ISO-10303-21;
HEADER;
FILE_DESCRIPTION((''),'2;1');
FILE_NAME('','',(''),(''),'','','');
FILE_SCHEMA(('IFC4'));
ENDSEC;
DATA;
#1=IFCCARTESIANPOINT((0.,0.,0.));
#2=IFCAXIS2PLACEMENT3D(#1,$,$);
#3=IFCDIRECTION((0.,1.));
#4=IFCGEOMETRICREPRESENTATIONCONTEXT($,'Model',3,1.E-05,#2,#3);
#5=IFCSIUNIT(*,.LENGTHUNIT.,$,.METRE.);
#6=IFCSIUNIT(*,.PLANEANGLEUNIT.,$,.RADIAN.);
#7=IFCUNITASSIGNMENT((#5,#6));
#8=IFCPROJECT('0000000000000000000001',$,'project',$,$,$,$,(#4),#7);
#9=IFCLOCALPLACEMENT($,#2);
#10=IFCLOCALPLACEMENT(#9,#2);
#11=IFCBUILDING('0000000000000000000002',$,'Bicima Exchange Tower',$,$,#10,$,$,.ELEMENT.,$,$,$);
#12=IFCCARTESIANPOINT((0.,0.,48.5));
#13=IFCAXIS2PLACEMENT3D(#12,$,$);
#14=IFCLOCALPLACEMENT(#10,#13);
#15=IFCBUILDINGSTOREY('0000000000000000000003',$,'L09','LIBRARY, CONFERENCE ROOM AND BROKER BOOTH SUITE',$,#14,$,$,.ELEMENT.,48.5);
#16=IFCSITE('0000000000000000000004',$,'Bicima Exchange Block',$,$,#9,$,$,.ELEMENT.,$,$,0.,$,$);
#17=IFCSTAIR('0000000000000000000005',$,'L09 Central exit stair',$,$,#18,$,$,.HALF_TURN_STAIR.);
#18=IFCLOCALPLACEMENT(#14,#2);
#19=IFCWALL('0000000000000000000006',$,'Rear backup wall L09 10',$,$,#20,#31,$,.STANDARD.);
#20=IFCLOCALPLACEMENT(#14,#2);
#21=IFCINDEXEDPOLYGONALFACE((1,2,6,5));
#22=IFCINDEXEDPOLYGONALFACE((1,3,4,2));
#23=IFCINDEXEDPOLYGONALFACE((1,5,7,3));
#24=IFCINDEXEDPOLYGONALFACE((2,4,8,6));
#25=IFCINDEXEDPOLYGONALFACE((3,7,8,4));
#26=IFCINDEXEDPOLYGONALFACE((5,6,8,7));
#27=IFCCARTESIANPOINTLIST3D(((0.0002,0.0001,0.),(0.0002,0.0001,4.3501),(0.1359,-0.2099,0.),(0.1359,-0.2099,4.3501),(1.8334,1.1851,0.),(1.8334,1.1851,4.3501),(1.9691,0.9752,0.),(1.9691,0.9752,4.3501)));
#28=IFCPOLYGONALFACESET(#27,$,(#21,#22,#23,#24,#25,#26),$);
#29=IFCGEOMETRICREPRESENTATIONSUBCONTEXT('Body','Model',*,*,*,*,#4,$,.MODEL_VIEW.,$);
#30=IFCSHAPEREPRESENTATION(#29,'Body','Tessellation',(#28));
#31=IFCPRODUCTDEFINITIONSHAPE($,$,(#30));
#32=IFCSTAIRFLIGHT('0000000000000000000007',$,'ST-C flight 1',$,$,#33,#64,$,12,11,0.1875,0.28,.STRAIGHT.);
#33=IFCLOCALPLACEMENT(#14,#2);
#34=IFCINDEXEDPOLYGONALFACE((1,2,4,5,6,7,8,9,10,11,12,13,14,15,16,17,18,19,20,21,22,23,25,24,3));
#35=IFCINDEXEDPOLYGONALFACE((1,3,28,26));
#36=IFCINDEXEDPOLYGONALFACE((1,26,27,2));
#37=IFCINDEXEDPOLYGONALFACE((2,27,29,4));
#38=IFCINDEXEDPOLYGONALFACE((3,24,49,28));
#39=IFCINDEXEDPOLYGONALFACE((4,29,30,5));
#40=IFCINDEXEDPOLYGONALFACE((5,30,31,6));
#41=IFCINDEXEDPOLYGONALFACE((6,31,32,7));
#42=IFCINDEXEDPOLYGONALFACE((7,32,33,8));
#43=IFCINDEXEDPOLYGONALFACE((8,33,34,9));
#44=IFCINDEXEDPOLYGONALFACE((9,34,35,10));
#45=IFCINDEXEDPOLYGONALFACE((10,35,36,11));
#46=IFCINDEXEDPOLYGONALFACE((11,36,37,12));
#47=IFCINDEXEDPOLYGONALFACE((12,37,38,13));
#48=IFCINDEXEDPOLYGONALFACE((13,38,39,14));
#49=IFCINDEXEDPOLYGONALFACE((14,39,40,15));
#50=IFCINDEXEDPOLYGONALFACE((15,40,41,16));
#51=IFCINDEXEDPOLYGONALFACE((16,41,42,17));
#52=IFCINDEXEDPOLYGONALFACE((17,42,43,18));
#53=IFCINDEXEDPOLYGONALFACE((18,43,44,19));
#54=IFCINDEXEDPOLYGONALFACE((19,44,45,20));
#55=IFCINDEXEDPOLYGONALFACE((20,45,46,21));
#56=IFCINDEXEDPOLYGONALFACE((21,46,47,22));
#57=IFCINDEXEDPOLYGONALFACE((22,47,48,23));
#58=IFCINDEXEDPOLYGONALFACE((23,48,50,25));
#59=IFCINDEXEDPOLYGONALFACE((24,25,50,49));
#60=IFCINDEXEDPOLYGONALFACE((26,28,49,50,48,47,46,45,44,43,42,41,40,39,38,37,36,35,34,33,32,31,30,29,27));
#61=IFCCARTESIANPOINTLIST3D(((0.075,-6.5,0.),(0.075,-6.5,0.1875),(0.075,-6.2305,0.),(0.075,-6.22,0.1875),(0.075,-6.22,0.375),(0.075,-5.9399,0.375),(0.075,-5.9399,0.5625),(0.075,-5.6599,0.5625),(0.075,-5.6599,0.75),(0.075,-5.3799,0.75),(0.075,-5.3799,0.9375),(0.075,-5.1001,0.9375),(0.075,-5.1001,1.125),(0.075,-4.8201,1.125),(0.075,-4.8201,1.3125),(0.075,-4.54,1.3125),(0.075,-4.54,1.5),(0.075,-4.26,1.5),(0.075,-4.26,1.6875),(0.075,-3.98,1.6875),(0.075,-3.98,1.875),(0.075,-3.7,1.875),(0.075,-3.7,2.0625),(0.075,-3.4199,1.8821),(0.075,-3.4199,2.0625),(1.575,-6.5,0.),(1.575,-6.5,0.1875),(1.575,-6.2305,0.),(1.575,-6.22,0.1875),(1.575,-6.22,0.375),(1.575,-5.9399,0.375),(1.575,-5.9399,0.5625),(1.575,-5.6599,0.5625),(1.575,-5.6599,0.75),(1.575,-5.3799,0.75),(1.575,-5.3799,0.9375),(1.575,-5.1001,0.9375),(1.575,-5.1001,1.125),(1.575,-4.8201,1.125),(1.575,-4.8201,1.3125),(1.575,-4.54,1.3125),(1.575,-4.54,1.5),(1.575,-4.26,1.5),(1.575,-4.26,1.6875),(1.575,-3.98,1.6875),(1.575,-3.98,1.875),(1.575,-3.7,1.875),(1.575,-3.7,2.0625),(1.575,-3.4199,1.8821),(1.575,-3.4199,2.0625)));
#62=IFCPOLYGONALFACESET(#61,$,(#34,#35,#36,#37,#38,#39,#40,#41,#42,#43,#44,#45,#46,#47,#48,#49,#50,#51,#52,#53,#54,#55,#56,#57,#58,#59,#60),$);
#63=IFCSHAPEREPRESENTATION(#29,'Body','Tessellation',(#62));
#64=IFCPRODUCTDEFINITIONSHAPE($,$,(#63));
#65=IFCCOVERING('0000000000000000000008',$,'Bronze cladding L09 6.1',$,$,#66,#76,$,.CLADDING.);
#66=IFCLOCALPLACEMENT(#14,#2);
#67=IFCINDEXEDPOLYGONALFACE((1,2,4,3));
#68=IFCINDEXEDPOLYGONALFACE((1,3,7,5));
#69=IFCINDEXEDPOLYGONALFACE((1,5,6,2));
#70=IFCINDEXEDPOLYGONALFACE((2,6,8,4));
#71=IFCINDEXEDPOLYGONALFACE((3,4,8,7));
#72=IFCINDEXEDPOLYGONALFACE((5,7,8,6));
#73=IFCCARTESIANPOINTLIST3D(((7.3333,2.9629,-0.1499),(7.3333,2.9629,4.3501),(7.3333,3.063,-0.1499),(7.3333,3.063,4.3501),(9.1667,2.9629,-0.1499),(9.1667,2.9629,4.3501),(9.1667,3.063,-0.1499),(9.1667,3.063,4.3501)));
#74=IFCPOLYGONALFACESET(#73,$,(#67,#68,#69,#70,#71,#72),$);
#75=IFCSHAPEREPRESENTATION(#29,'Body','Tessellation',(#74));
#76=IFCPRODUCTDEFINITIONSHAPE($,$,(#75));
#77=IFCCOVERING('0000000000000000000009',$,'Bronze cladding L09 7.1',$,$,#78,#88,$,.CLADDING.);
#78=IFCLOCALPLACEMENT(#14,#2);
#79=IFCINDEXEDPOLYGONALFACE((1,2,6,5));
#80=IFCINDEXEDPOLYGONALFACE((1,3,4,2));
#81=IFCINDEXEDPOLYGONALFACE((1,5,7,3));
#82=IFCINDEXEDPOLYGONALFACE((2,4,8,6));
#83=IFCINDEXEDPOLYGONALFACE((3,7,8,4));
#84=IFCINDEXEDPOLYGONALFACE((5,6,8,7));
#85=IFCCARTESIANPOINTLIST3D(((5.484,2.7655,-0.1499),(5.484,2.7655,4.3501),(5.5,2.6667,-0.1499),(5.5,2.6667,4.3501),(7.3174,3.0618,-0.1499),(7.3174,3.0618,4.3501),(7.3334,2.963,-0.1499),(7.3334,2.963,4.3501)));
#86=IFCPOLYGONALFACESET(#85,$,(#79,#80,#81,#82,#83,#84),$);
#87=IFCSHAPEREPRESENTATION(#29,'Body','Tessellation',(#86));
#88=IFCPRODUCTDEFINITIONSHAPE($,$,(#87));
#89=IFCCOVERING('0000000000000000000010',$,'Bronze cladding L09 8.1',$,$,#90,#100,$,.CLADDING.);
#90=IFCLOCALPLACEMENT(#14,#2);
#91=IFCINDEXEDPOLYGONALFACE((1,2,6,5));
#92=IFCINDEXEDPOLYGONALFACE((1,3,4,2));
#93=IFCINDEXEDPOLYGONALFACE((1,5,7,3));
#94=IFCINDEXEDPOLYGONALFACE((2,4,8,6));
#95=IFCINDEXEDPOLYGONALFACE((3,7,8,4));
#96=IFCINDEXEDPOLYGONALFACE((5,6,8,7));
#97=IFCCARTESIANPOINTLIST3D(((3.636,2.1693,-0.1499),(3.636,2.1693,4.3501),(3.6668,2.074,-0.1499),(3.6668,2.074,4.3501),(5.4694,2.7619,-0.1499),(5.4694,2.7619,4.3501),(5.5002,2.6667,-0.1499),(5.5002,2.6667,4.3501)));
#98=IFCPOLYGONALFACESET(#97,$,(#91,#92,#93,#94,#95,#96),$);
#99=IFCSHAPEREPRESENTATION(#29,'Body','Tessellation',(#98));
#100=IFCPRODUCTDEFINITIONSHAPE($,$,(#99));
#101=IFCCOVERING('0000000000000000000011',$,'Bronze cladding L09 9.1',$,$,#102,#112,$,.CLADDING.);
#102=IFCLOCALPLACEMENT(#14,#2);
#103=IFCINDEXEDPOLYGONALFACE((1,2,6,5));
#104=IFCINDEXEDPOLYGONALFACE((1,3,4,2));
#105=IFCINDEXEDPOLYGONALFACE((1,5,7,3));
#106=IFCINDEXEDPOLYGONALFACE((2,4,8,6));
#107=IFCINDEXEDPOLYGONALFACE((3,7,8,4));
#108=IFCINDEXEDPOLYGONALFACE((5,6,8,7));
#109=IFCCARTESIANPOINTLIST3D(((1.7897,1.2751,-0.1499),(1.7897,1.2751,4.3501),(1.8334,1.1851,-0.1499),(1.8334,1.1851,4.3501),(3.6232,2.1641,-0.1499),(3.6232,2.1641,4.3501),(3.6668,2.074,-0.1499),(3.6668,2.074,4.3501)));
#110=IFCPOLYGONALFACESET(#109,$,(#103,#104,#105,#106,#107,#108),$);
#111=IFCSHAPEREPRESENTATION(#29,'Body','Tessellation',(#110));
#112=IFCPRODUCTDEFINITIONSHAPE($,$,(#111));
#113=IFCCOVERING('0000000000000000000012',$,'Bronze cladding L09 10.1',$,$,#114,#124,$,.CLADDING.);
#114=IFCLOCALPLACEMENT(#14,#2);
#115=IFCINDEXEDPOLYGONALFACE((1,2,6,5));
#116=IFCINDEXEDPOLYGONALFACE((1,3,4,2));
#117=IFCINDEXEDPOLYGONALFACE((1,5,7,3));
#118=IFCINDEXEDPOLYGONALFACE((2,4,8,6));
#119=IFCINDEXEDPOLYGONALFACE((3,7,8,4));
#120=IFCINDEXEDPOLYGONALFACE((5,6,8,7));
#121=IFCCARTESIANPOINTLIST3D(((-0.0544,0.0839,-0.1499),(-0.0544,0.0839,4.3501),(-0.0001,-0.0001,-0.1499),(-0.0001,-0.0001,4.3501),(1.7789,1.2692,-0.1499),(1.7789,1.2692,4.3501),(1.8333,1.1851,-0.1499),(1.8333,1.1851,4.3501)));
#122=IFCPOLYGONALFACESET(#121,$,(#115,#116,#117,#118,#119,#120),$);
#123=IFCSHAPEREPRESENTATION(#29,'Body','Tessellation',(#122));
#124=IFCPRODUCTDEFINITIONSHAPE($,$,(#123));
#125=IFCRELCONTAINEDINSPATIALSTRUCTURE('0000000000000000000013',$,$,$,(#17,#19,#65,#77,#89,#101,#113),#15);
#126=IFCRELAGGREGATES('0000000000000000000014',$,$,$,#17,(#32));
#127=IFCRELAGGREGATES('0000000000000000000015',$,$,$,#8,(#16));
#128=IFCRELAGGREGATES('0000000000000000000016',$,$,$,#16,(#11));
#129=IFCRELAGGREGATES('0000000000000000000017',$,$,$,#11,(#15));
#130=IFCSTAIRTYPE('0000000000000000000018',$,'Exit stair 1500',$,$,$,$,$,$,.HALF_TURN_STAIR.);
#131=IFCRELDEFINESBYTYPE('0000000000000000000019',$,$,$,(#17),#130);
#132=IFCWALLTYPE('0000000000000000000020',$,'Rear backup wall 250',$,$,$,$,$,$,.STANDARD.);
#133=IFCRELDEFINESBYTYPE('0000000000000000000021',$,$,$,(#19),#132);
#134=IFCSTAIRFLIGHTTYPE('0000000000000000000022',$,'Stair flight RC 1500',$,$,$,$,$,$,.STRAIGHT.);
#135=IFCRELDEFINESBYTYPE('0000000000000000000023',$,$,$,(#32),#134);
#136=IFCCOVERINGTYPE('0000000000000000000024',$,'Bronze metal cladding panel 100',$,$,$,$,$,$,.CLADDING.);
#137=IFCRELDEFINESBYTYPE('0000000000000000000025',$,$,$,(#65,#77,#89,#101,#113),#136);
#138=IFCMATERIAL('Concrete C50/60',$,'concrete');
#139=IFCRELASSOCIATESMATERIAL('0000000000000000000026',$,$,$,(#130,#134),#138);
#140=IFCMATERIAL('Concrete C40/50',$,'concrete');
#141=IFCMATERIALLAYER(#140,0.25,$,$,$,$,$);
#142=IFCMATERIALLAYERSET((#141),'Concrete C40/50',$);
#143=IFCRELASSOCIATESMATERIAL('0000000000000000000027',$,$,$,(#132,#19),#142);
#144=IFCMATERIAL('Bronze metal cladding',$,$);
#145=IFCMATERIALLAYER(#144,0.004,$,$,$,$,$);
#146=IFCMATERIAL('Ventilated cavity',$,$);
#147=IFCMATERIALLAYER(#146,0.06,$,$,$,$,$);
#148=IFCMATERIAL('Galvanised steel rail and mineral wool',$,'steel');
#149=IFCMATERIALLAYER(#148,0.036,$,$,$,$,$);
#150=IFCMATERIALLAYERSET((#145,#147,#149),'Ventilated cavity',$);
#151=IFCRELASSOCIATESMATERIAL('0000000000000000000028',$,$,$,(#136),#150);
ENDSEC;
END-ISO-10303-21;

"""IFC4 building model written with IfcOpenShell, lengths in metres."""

from ifc_helpers import new_model, si_unit, direction, frame, frame_2d, origin, origin_2d, place, context, subcontext, project, spatial, polyline, rectangle, outline, extrude, material, layer, layer_set, layer_usage, type_object, element, aggregate, save


model = new_model("IFC4")

# Units and contexts
model_context = context("Model", 3, precision=1e-05, world=origin(), true_north=direction((0.0, 1.0)))
body_context = subcontext(model_context, "Body", "Model", "MODEL_VIEW")
ifc_project = project(units=[si_unit("LENGTHUNIT", "METRE"), si_unit("PLANEANGLEUNIT", "RADIAN")], contexts=[model_context])

# Site, building, storey
site_placement = place(None, origin())
site = spatial("IfcSite", under=ifc_project, at=site_placement, Name="Bicima Exchange Block", CompositionType="ELEMENT", RefElevation=0.0)
building_placement = place(site_placement, origin())
building = spatial("IfcBuilding", under=site, at=building_placement, Name="Bicima Exchange Tower", CompositionType="ELEMENT")
storey_placement = place(building_placement, frame((0.0, 0.0, 48.5)))
storey = spatial("IfcBuildingStorey", under=building, at=storey_placement, Name="L09", Description="LIBRARY, CONFERENCE ROOM AND BROKER BOOTH SUITE", CompositionType="ELEMENT", Elevation=48.5)

# Stair
ifc_material_1 = material(Name="Concrete C50/60", Category="concrete")
stair_type_1 = type_object("IfcStairType", Name="Exit stair 1500", PredefinedType="HALF_TURN_STAIR", material=ifc_material_1)
stair_1_placement = place(storey_placement, origin())
stair_1 = element("IfcStair", 1, at=stair_1_placement, inside=storey, type_object=stair_type_1, Name="L09 Central exit stair", PredefinedType="HALF_TURN_STAIR")

# Wall
ifc_material_2 = material(Name="Concrete C40/50", Category="concrete")
ifc_layer_1 = layer(ifc_material_2, 0.25)
ifc_layer_set_1 = layer_set([ifc_layer_1], Name="Concrete C40/50")
ifc_layer_usage = layer_usage(ifc_layer_set_1, "AXIS2", "POSITIVE", -0.125)
wall_type_1 = type_object("IfcWallType", Name="Rear backup wall 250", PredefinedType="STANDARD", material=ifc_layer_set_1)
wall_1_placement = place(storey_placement, frame((1.9011, 1.0801, 0.0), z_axis=(0.0, 0.0, 1.0), x_axis=(-0.839813, -0.542876, 0.0)))
element("IfcWall", 2, at=wall_1_placement, inside=storey, type_object=wall_type_1, material=ifc_layer_usage, Name="Rear backup wall L09 10", PredefinedType="STANDARD", context=body_context, shape_type="SweptSolid", body=[
    extrude(rectangle(XDim=2.1829, YDim=0.25, at=frame_2d((1.0913, 0.0))), origin(), (0.0, 0.0, 1.0), 4.3501),
])

# Stair flight
stair_flight_type = type_object("IfcStairFlightType", Name="Stair flight RC 1500", PredefinedType="STRAIGHT", material=ifc_material_1)
stair_flight_placement = place(storey_placement, frame((0.825, -6.5, 0.0), z_axis=(0.0, 0.0, 1.0), x_axis=(0.0, 1.0, 0.0)))
stair_flight = element("IfcStairFlight", 3, at=stair_flight_placement, type_object=stair_flight_type, Name="ST-C flight 1", NumberOfRisers=12, NumberOfTreads=11, PredefinedType="STRAIGHT", RiserHeight=0.1875, TreadLength=0.28, context=body_context, shape_type="SweptSolid", body=[
    extrude(outline(polyline([(0.0, 0.0), (0.0, 0.1875), (0.28, 0.1875), (0.28, 0.375), (0.5601, 0.375), (0.5601, 0.5625), (0.8401, 0.5625), (0.8401, 0.75), (1.1201, 0.75), (1.1201, 0.9375), (1.3999, 0.9375), (1.3999, 1.125), (1.6799, 1.125), (1.6799, 1.3125), (1.96, 1.3125), (1.96, 1.5), (2.24, 1.5), (2.24, 1.6875), (2.52, 1.6875), (2.52, 1.875), (2.8, 1.875), (2.8, 2.0625), (3.0801, 2.0625), (3.0801, 2.25), (3.0801, 1.8821), (0.2695, 0.0), (0.0, 0.0)])), frame((0.0, 0.75, 0.0), z_axis=(0.0, -1.0, 0.0), x_axis=(1.0, 0.0, 0.0)), (0.0, 0.0, 1.0), 1.5),
])
aggregate(stair_1, [stair_flight])

# Coverings
ifc_material_3 = material(Name="Bronze metal cladding")
ifc_layer_2 = layer(ifc_material_3, 0.004)
ifc_material_4 = material(Name="Ventilated cavity")
ifc_layer_3 = layer(ifc_material_4, 0.06)
ifc_material_5 = material(Name="Galvanised steel rail and mineral wool", Category="steel")
ifc_layer_4 = layer(ifc_material_5, 0.036)
ifc_layer_set_2 = layer_set([ifc_layer_2, ifc_layer_3, ifc_layer_4], Name="Ventilated cavity")
covering_type = type_object("IfcCoveringType", Name="Bronze metal cladding panel 100", PredefinedType="CLADDING", material=ifc_layer_set_2)
covering_1_placement = place(storey_placement, frame((8.25, 3.0129, -0.1499), z_axis=(0.0, 0.0, 1.0), x_axis=(-1.0, 0.0, 0.0)))
element("IfcCovering", 4, at=covering_1_placement, inside=storey, type_object=covering_type, Name="Bronze cladding L09 6.1", PredefinedType="CLADDING", context=body_context, shape_type="SweptSolid", body=[
    extrude(rectangle(XDim=1.8335, YDim=0.1001, at=origin_2d()), origin(), (0.0, 0.0, 1.0), 4.5),
])
covering_2_placement = place(storey_placement, frame((6.4087, 2.8643, -0.1499), z_axis=(0.0, 0.0, 1.0), x_axis=(-0.98719, -0.15955, 0.0)))
element("IfcCovering", 5, at=covering_2_placement, inside=storey, type_object=covering_type, Name="Bronze cladding L09 7.1", PredefinedType="CLADDING", context=body_context, shape_type="SweptSolid", body=[
    extrude(rectangle(XDim=1.8572, YDim=0.1001, at=origin_2d()), origin(), (0.0, 0.0, 1.0), 4.5),
])
covering_3_placement = place(storey_placement, frame((4.5681, 2.418, -0.1499), z_axis=(0.0, 0.0, 1.0), x_axis=(-0.951525, -0.307573, 0.0)))
element("IfcCovering", 6, at=covering_3_placement, inside=storey, type_object=covering_type, Name="Bronze cladding L09 8.1", PredefinedType="CLADDING", context=body_context, shape_type="SweptSolid", body=[
    extrude(rectangle(XDim=1.9268, YDim=0.1001, at=origin_2d()), origin(), (0.0, 0.0, 1.0), 4.5),
])
covering_4_placement = place(storey_placement, frame((2.7283, 1.6746, -0.1499), z_axis=(0.0, 0.0, 1.0), x_axis=(-0.899818, -0.436265, 0.0)))
element("IfcCovering", 7, at=covering_4_placement, inside=storey, type_object=covering_type, Name="Bronze cladding L09 9.1", PredefinedType="CLADDING", context=body_context, shape_type="SweptSolid", body=[
    extrude(rectangle(XDim=2.0376, YDim=0.1001, at=origin_2d()), origin(), (0.0, 0.0, 1.0), 4.5),
])
covering_5_placement = place(storey_placement, frame((0.8894, 0.6345, -0.1499), z_axis=(0.0, 0.0, 1.0), x_axis=(-0.83979, -0.542911, 0.0)))
element("IfcCovering", 8, at=covering_5_placement, inside=storey, type_object=covering_type, Name="Bronze cladding L09 10.1", PredefinedType="CLADDING", context=body_context, shape_type="SweptSolid", body=[
    extrude(rectangle(XDim=2.1831, YDim=0.1001, at=origin_2d()), origin(), (0.0, 0.0, 1.0), 4.5),
])

save(model, "model.ifc")
